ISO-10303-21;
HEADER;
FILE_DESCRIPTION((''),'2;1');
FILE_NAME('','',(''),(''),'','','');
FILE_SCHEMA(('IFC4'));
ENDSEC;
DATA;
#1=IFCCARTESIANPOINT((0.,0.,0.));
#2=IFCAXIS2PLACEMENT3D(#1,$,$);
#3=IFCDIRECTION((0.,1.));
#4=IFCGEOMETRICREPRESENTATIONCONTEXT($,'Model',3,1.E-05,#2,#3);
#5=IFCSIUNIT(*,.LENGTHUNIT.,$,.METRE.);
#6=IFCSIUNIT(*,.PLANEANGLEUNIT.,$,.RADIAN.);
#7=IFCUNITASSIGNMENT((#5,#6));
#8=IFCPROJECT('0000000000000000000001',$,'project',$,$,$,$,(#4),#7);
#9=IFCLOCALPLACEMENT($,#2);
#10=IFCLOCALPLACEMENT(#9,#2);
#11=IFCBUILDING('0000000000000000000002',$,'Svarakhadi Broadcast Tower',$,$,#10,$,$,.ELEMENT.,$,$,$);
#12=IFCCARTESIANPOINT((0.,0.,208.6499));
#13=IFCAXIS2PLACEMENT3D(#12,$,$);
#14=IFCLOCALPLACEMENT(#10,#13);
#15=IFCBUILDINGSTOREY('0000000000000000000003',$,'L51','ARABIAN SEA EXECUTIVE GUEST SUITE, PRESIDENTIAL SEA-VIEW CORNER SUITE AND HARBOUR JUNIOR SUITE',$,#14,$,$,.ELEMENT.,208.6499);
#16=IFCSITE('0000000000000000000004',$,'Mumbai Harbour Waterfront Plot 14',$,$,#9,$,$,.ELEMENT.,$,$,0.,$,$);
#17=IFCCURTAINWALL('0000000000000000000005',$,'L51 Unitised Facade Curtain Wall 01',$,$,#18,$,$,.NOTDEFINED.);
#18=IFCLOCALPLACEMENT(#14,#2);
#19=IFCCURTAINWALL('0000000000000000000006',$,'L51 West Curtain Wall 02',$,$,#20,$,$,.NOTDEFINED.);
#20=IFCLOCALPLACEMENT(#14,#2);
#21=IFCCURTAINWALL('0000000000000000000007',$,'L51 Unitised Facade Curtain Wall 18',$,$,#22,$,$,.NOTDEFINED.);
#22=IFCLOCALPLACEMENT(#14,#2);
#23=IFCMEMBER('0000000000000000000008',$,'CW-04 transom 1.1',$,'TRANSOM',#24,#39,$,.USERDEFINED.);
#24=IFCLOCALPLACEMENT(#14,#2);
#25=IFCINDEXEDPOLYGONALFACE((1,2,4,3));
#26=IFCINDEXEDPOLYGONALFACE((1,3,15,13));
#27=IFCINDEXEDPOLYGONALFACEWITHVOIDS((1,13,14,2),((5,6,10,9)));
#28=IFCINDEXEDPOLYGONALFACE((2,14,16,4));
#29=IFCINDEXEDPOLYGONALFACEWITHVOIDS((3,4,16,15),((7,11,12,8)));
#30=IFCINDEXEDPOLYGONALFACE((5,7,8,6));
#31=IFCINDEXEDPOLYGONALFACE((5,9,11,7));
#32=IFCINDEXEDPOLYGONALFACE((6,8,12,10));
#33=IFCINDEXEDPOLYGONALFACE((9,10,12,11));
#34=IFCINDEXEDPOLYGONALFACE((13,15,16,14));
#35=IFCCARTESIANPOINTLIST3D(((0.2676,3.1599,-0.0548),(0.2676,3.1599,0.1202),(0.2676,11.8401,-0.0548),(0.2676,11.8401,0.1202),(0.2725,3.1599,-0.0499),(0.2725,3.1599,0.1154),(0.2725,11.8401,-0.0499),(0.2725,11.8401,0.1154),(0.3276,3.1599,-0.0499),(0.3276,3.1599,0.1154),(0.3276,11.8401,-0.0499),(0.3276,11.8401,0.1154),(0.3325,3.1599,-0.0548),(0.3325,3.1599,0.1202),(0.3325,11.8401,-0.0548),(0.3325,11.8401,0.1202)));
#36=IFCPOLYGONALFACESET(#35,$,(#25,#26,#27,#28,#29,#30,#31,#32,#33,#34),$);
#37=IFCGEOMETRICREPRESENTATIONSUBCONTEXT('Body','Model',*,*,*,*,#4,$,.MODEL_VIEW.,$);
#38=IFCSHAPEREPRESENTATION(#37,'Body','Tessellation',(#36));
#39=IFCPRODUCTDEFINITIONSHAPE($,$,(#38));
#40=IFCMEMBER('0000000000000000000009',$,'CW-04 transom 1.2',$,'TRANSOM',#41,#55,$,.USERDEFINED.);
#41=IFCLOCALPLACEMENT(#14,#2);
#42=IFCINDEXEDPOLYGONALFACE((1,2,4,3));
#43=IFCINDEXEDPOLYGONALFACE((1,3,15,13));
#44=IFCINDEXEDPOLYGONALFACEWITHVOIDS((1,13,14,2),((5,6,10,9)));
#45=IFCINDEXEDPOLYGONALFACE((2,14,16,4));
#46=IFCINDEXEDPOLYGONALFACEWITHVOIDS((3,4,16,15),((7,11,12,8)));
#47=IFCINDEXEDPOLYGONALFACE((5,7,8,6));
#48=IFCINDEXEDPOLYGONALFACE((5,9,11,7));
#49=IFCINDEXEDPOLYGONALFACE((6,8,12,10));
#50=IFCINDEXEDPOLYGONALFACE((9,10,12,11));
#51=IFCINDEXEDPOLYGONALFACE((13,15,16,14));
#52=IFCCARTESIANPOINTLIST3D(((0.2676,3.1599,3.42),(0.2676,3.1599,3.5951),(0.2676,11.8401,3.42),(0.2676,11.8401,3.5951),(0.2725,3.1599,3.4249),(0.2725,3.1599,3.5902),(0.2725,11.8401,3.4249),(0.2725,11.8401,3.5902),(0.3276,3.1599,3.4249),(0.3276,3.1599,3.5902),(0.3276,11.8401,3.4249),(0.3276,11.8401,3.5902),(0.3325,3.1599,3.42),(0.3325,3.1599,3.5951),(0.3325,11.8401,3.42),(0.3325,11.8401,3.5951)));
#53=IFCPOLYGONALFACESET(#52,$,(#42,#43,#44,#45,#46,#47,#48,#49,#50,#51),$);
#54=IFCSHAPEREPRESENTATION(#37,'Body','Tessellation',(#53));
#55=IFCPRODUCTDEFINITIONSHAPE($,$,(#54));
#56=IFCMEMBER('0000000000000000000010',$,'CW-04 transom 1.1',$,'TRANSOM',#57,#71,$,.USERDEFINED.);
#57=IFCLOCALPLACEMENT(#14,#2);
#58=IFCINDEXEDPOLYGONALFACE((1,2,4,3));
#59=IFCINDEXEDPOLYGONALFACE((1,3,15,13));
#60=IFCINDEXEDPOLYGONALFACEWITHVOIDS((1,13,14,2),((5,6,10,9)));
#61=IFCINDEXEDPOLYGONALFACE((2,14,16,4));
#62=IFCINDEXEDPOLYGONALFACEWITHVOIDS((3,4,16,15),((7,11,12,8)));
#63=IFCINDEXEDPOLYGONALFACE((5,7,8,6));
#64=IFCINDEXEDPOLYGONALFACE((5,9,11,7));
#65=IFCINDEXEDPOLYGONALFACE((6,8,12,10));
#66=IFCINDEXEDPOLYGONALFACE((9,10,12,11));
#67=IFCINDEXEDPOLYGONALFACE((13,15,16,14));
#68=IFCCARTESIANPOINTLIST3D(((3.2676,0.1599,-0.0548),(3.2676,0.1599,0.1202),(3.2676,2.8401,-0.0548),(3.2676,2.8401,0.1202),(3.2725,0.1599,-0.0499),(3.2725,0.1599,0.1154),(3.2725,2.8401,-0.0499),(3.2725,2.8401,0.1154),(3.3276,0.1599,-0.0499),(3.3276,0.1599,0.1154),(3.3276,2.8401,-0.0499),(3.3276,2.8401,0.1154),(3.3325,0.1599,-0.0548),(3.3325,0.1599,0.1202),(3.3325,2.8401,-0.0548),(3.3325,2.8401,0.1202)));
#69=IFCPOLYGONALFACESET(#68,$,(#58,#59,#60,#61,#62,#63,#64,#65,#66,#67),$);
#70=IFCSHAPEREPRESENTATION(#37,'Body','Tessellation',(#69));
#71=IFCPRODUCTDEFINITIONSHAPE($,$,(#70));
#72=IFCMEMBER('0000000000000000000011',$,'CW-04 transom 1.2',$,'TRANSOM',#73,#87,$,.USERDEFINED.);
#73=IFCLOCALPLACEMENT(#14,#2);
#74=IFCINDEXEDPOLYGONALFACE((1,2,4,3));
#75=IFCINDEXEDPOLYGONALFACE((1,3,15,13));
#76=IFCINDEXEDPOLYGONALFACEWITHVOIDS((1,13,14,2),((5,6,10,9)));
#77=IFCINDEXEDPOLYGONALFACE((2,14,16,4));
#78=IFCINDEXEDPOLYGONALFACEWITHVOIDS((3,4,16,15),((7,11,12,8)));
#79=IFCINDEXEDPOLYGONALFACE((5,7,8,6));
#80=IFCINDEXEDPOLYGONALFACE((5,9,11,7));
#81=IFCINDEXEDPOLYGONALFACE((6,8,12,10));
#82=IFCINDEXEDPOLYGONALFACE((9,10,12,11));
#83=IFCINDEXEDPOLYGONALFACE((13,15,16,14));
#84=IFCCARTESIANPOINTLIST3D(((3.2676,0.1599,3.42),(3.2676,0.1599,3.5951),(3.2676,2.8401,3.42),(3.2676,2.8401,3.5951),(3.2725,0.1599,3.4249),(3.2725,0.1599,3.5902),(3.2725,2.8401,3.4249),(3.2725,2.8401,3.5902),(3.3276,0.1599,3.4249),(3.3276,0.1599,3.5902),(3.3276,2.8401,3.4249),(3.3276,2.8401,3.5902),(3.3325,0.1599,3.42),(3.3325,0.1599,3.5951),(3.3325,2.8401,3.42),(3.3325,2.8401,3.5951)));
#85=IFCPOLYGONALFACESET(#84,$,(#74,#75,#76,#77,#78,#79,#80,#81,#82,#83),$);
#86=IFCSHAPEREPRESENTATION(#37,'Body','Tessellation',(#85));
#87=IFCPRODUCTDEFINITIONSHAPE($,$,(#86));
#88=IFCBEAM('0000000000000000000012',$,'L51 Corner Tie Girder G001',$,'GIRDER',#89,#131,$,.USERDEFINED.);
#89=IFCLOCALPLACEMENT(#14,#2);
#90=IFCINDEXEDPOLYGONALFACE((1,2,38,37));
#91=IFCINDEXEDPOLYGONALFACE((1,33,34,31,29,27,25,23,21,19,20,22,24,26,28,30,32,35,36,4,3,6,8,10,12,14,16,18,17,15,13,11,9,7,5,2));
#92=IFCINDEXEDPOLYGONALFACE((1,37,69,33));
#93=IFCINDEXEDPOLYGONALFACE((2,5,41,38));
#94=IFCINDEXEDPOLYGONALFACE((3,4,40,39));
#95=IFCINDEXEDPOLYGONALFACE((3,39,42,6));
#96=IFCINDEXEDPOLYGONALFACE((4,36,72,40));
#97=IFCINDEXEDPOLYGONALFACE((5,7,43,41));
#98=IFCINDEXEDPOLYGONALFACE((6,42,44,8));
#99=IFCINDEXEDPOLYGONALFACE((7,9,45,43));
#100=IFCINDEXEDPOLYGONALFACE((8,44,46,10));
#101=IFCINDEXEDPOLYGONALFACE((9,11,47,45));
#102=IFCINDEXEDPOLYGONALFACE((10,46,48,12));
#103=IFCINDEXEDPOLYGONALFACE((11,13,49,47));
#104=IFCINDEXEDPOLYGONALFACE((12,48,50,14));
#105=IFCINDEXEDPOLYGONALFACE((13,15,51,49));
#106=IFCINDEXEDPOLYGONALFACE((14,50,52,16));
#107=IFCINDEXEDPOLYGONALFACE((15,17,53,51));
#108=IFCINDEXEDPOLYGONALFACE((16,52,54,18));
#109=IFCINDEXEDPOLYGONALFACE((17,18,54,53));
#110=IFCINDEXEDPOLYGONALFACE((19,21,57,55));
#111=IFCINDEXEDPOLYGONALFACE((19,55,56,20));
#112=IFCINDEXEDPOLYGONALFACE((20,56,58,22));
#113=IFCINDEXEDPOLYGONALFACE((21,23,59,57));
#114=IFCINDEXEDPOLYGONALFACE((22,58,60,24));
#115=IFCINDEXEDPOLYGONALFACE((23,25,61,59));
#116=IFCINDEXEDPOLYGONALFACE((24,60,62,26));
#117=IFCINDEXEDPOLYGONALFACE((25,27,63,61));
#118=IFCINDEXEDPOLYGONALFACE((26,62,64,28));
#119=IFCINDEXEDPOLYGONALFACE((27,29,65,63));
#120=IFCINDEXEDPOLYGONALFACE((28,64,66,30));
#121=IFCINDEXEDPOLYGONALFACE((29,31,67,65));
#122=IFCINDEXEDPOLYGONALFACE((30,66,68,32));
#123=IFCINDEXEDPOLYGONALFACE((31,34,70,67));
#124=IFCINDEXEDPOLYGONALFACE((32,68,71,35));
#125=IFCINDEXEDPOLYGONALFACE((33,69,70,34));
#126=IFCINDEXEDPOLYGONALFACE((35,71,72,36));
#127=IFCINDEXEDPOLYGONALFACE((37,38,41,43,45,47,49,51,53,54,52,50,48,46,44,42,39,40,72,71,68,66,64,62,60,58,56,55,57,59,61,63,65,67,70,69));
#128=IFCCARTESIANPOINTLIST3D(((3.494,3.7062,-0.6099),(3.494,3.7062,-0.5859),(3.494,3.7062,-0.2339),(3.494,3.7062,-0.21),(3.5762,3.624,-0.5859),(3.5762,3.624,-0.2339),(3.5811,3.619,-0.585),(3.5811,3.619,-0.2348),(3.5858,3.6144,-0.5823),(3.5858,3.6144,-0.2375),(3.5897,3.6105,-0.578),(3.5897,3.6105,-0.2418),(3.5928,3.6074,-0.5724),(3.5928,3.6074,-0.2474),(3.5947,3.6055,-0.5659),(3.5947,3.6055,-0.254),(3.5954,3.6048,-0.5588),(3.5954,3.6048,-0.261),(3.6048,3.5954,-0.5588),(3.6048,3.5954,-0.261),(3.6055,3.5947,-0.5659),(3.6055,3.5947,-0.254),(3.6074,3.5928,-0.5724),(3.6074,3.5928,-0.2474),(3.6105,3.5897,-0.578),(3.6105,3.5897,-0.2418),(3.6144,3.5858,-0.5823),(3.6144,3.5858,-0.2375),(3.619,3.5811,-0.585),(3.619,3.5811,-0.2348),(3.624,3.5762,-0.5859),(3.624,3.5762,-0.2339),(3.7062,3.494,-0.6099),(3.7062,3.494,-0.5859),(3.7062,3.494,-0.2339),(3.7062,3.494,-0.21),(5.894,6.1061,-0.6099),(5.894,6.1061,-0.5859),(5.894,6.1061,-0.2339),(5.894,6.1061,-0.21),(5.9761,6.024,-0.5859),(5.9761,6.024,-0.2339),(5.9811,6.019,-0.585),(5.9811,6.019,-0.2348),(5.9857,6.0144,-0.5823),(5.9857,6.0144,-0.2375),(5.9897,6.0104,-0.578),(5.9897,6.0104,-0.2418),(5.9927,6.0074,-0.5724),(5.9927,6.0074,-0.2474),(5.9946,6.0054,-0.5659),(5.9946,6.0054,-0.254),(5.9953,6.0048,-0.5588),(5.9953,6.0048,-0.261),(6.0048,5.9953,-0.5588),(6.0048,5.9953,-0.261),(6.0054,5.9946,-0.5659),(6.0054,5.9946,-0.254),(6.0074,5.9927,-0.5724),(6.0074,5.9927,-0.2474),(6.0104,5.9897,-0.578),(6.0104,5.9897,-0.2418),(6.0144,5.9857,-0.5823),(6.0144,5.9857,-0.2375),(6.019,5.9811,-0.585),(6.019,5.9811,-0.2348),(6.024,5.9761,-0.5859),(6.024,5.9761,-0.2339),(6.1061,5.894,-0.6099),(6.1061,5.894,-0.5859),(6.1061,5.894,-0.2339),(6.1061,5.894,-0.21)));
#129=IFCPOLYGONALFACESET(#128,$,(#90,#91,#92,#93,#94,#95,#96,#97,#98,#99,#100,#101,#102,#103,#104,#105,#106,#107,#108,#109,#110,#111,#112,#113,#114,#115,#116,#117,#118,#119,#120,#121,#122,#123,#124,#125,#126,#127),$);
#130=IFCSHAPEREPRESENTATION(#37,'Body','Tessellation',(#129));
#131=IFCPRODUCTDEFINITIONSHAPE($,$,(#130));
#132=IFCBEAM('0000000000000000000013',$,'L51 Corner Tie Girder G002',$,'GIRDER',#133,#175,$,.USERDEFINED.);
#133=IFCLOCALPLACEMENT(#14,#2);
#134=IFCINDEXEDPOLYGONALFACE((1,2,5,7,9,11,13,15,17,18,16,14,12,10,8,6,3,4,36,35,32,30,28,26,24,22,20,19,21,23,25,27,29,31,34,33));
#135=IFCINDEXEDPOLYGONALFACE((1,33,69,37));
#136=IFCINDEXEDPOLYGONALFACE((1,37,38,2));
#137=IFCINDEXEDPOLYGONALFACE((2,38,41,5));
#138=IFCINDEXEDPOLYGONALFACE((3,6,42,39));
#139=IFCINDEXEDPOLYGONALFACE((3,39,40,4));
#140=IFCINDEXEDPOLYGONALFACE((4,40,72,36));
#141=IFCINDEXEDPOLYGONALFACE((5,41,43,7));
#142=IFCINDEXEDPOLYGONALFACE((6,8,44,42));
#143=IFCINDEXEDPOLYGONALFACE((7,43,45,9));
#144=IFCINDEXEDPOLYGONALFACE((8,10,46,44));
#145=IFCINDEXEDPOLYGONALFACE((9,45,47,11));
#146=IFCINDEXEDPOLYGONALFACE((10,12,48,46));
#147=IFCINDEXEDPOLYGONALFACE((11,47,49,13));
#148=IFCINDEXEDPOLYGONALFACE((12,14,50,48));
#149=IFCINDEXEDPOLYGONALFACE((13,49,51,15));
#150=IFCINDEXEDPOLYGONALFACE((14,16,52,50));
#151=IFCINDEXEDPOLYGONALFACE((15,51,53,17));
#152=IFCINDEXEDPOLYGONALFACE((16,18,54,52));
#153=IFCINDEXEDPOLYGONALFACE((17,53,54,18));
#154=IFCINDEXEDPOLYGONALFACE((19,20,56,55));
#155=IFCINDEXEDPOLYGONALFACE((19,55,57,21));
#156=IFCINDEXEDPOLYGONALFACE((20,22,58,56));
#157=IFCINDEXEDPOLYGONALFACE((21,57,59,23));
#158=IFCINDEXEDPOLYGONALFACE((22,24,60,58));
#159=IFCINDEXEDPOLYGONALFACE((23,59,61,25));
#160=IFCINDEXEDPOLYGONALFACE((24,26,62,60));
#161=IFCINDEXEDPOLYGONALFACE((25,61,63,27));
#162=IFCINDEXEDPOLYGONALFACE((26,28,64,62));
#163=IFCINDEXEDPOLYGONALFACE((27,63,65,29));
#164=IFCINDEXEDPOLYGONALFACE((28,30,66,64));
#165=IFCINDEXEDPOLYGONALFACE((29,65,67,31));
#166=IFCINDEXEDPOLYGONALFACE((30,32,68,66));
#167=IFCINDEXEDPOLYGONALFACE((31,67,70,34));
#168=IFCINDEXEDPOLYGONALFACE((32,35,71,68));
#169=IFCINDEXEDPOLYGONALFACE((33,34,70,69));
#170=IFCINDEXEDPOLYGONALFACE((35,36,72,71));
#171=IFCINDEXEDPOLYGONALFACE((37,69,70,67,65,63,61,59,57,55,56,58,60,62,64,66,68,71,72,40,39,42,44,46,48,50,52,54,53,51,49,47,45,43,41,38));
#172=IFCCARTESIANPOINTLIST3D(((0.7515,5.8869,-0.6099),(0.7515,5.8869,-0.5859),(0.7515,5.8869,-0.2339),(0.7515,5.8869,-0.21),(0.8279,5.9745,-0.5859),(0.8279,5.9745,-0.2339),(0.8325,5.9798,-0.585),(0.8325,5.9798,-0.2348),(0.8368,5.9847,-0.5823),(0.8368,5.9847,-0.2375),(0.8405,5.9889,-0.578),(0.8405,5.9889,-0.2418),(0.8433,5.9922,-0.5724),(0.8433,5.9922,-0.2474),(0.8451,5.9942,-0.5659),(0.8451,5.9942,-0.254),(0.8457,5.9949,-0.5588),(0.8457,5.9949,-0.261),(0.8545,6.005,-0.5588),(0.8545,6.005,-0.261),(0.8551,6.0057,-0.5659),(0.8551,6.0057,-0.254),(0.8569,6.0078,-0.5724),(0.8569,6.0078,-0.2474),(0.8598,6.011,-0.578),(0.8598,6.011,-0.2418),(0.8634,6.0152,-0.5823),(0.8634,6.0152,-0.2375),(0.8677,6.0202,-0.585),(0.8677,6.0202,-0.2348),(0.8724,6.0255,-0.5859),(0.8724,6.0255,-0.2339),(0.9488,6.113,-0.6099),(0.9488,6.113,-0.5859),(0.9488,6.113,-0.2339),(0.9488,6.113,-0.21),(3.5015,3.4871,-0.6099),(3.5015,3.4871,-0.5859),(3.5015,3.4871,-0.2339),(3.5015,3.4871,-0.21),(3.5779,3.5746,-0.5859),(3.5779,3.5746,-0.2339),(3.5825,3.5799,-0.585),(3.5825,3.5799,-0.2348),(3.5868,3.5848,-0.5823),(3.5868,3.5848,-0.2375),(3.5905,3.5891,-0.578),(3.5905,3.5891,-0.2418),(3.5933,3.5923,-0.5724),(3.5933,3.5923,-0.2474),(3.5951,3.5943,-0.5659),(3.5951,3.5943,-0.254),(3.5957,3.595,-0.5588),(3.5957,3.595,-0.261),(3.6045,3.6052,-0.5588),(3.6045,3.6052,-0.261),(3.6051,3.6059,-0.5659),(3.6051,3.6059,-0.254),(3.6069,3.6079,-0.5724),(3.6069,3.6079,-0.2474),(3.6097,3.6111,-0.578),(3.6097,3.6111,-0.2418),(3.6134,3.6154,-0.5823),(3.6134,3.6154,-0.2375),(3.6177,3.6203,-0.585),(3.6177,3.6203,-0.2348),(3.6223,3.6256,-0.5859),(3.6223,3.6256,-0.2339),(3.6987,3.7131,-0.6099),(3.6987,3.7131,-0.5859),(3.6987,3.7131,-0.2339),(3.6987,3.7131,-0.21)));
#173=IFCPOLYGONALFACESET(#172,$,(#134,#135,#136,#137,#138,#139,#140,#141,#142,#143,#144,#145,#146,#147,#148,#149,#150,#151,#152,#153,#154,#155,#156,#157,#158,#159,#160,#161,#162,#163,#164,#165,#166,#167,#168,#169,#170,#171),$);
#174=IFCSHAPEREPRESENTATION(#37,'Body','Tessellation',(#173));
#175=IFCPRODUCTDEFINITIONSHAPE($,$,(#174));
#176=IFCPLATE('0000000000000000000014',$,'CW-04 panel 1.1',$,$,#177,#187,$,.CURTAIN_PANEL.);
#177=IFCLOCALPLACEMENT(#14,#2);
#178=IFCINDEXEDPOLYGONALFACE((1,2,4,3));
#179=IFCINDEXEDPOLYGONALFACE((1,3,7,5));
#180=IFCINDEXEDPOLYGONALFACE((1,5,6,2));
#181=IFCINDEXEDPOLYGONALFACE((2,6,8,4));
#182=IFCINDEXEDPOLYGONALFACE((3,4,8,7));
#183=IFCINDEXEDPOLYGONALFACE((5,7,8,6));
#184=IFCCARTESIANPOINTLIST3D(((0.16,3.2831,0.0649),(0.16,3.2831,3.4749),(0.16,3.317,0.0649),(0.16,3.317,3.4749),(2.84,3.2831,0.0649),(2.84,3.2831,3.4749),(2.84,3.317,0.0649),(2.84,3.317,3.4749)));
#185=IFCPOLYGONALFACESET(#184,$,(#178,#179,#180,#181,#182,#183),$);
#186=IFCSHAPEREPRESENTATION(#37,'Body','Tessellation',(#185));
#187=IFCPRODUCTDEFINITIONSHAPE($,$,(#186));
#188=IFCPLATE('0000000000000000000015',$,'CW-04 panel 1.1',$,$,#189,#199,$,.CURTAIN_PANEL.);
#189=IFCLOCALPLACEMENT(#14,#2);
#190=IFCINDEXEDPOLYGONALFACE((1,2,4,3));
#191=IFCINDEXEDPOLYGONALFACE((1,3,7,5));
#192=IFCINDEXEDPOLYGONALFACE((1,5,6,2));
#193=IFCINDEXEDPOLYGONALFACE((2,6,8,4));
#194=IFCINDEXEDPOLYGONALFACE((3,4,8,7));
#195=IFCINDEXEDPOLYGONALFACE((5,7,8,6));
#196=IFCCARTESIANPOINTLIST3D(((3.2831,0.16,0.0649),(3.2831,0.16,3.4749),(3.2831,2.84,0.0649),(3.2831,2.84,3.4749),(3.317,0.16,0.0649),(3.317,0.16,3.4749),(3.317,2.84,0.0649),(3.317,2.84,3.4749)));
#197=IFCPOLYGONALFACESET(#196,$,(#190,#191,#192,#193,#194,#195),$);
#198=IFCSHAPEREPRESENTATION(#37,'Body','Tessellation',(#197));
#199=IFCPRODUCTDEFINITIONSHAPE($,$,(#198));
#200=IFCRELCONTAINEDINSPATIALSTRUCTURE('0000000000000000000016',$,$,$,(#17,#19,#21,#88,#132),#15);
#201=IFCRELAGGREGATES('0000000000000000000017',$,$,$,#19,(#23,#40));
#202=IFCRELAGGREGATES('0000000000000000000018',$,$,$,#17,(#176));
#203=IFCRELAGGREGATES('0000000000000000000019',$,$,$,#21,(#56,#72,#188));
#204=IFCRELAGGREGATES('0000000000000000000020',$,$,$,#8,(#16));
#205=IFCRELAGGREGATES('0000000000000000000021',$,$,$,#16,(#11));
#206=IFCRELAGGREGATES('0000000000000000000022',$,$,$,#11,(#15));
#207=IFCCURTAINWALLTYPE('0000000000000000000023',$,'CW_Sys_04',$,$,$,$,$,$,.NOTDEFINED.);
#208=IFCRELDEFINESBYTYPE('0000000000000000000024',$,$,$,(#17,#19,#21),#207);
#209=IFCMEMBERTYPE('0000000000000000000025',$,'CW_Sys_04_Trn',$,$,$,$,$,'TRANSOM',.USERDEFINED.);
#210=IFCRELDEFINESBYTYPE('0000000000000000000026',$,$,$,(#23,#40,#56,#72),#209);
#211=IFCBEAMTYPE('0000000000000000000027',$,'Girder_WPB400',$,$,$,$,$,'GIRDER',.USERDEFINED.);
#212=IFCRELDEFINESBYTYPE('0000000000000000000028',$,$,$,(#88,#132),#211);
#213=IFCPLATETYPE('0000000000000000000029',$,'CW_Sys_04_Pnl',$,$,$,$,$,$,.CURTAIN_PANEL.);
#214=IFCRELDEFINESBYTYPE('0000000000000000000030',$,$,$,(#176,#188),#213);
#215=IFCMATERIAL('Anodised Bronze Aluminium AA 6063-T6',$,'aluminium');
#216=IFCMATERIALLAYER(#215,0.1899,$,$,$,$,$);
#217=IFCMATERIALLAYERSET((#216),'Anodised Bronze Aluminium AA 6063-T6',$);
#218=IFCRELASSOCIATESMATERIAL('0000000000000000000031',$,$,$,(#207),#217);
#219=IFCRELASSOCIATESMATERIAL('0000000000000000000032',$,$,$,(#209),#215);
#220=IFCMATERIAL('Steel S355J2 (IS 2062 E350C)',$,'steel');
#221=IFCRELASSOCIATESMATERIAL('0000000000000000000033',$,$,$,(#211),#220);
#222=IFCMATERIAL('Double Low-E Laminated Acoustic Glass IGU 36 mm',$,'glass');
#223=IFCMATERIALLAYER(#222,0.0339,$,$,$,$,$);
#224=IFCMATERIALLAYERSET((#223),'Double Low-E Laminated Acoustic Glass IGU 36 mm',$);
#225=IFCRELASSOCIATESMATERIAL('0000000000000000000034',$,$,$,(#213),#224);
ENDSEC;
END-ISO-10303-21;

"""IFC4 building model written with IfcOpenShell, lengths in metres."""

from ifc_helpers import new_model, si_unit, direction, frame, origin, origin_2d, place, context, subcontext, project, spatial, rectangle, hollow_rectangle, i_section, extrude, material, layer, layer_set, material_profile, profile_set, type_object, element, aggregate, save


model = new_model("IFC4")

# Units and contexts
model_context = context("Model", 3, precision=1e-05, world=origin(), true_north=direction((0.0, 1.0)))
body_context = subcontext(model_context, "Body", "Model", "MODEL_VIEW")
ifc_project = project(units=[si_unit("LENGTHUNIT", "METRE"), si_unit("PLANEANGLEUNIT", "RADIAN")], contexts=[model_context])

# Site, building, storey
site_placement = place(None, origin())
site = spatial("IfcSite", under=ifc_project, at=site_placement, Name="Mumbai Harbour Waterfront Plot 14", CompositionType="ELEMENT", RefElevation=0.0)
building_placement = place(site_placement, origin())
building = spatial("IfcBuilding", under=site, at=building_placement, Name="Svarakhadi Broadcast Tower", CompositionType="ELEMENT")
storey_placement = place(building_placement, frame((0.0, 0.0, 208.6499)))
storey = spatial("IfcBuildingStorey", under=building, at=storey_placement, Name="L51", Description="ARABIAN SEA EXECUTIVE GUEST SUITE, PRESIDENTIAL SEA-VIEW CORNER SUITE AND HARBOUR JUNIOR SUITE", CompositionType="ELEMENT", Elevation=208.6499)

# Curtain wall
ifc_material_1 = material(Name="Anodised Bronze Aluminium AA 6063-T6", Category="aluminium")
ifc_layer_1 = layer(ifc_material_1, 0.1899)
ifc_layer_set_1 = layer_set([ifc_layer_1], Name="Anodised Bronze Aluminium AA 6063-T6")
curtain_wall_type = type_object("IfcCurtainWallType", Name="CW_Sys_04", PredefinedType="NOTDEFINED", material=ifc_layer_set_1)
curtain_wall_1_placement = place(storey_placement, origin())
curtain_wall_1 = element("IfcCurtainWall", 1, at=curtain_wall_1_placement, inside=storey, type_object=curtain_wall_type, Name="L51 Unitised Facade Curtain Wall 01", PredefinedType="NOTDEFINED")

# Curtain wall
curtain_wall_2_placement = place(storey_placement, origin())
curtain_wall_2 = element("IfcCurtainWall", 2, at=curtain_wall_2_placement, inside=storey, type_object=curtain_wall_type, Name="L51 West Curtain Wall 02", PredefinedType="NOTDEFINED")

# Curtain wall
curtain_wall_3_placement = place(storey_placement, origin())
curtain_wall_3 = element("IfcCurtainWall", 3, at=curtain_wall_3_placement, inside=storey, type_object=curtain_wall_type, Name="L51 Unitised Facade Curtain Wall 18", PredefinedType="NOTDEFINED")

# Members
ifc_material_profile_1 = material_profile(ifc_material_1, hollow_rectangle(XDim=0.0649, YDim=0.175, WallThickness=0.0049, at=origin_2d()), Name="ALU TRANSOM 175x65x5")
ifc_profile_set_1 = profile_set([ifc_material_profile_1], Name="Anodised Bronze Aluminium AA 6063-T6")
member_type_1 = type_object("IfcMemberType", Name="CW_Sys_04_Trn", ElementType="TRANSOM", PredefinedType="USERDEFINED", material=ifc_profile_set_1)
member_1_placement = place(storey_placement, frame((0.3, 3.1599, 0.0327), z_axis=(0.0, 1.0, 0.0), x_axis=(-1.0, 0.0, 0.0)))
member_1 = element("IfcMember", 4, at=member_1_placement, type_object=member_type_1, Name="CW-04 transom 1.1", ObjectType="TRANSOM", PredefinedType="USERDEFINED", context=body_context, shape_type="SweptSolid", body=[
    extrude(hollow_rectangle(XDim=0.0649, YDim=0.175, WallThickness=0.0049, at=origin_2d()), origin(), (0.0, 0.0, 1.0), 8.6802),
])
member_2_placement = place(storey_placement, frame((0.3, 3.1599, 3.5076), z_axis=(0.0, 1.0, 0.0), x_axis=(-1.0, 0.0, 0.0)))
member_2 = element("IfcMember", 5, at=member_2_placement, type_object=member_type_1, Name="CW-04 transom 1.2", ObjectType="TRANSOM", PredefinedType="USERDEFINED", context=body_context, shape_type="SweptSolid", body=[
    extrude(hollow_rectangle(XDim=0.0649, YDim=0.175, WallThickness=0.0049, at=origin_2d()), origin(), (0.0, 0.0, 1.0), 8.6802),
])
aggregate(curtain_wall_2, [member_1, member_2])
member_3_placement = place(storey_placement, frame((3.3, 0.1599, 0.0327), z_axis=(0.0, 1.0, 0.0), x_axis=(-1.0, 0.0, 0.0)))
member_3 = element("IfcMember", 6, at=member_3_placement, type_object=member_type_1, Name="CW-04 transom 1.1", ObjectType="TRANSOM", PredefinedType="USERDEFINED", context=body_context, shape_type="SweptSolid", body=[
    extrude(hollow_rectangle(XDim=0.0649, YDim=0.175, WallThickness=0.0049, at=origin_2d()), origin(), (0.0, 0.0, 1.0), 2.6802),
])
member_4_placement = place(storey_placement, frame((3.3, 0.1599, 3.5076), z_axis=(0.0, 1.0, 0.0), x_axis=(-1.0, 0.0, 0.0)))
member_4 = element("IfcMember", 7, at=member_4_placement, type_object=member_type_1, Name="CW-04 transom 1.2", ObjectType="TRANSOM", PredefinedType="USERDEFINED", context=body_context, shape_type="SweptSolid", body=[
    extrude(hollow_rectangle(XDim=0.0649, YDim=0.175, WallThickness=0.0049, at=origin_2d()), origin(), (0.0, 0.0, 1.0), 2.6802),
])

# Beams
ifc_material_2 = material(Name="Steel S355J2 (IS 2062 E350C)", Category="steel")
ifc_material_profile_2 = material_profile(ifc_material_2, i_section(OverallWidth=0.3, OverallDepth=0.3999, WebThickness=0.0134, FlangeThickness=0.0239, FilletRadius=0.0271, at=origin_2d()), Name="WPB 400x300x155")
ifc_profile_set_2 = profile_set([ifc_material_profile_2], Name="Steel S355J2 (IS 2062 E350C)")
beam_type = type_object("IfcBeamType", Name="Girder_WPB400", ElementType="GIRDER", PredefinedType="USERDEFINED", material=ifc_profile_set_2)
beam_1_placement = place(storey_placement, frame((3.6001, 3.6001, -0.4099), z_axis=(0.707107, 0.707107, 0.0), x_axis=(-0.707107, 0.707107, 0.0)))
element("IfcBeam", 8, at=beam_1_placement, inside=storey, type_object=beam_type, Name="L51 Corner Tie Girder G001", ObjectType="GIRDER", PredefinedType="USERDEFINED", context=body_context, shape_type="SweptSolid", body=[
    extrude(i_section(OverallWidth=0.3, OverallDepth=0.3999, WebThickness=0.0134, FlangeThickness=0.0239, FilletRadius=0.0271, at=origin_2d()), origin(), (0.0, 0.0, 1.0), 3.394),
])
beam_2_placement = place(storey_placement, frame((3.6001, 3.6001, -0.4099), z_axis=(-0.753438, 0.657519, 0.0), x_axis=(-0.657519, -0.753438, 0.0)))
element("IfcBeam", 9, at=beam_2_placement, inside=storey, type_object=beam_type, Name="L51 Corner Tie Girder G002", ObjectType="GIRDER", PredefinedType="USERDEFINED", context=body_context, shape_type="SweptSolid", body=[
    extrude(i_section(OverallWidth=0.3, OverallDepth=0.3999, WebThickness=0.0134, FlangeThickness=0.0239, FilletRadius=0.0271, at=origin_2d()), origin(), (0.0, 0.0, 1.0), 3.6499),
])

# Plates
ifc_material_3 = material(Name="Double Low-E Laminated Acoustic Glass IGU 36 mm", Category="glass")
ifc_layer_2 = layer(ifc_material_3, 0.0339)
ifc_layer_set_2 = layer_set([ifc_layer_2], Name="Double Low-E Laminated Acoustic Glass IGU 36 mm")
plate_type = type_object("IfcPlateType", Name="CW_Sys_04_Pnl", PredefinedType="CURTAIN_PANEL", material=ifc_layer_set_2)
plate_1_placement = place(storey_placement, frame((1.5, 3.3, 0.0649), z_axis=(0.0, 0.0, 1.0), x_axis=(-1.0, 0.0, 0.0)))
plate_1 = element("IfcPlate", 10, at=plate_1_placement, type_object=plate_type, Name="CW-04 panel 1.1", PredefinedType="CURTAIN_PANEL", context=body_context, shape_type="SweptSolid", body=[
    extrude(rectangle(XDim=2.6799, YDim=0.0339, at=origin_2d()), origin(), (0.0, 0.0, 1.0), 3.4099),
])
aggregate(curtain_wall_1, [plate_1])
plate_2_placement = place(storey_placement, frame((3.3, 1.5, 0.0649), z_axis=(0.0, 0.0, 1.0), x_axis=(0.0, 1.0, 0.0)))
plate_2 = element("IfcPlate", 11, at=plate_2_placement, type_object=plate_type, Name="CW-04 panel 1.1", PredefinedType="CURTAIN_PANEL", context=body_context, shape_type="SweptSolid", body=[
    extrude(rectangle(XDim=2.6799, YDim=0.0339, at=origin_2d()), origin(), (0.0, 0.0, 1.0), 3.4099),
])
aggregate(curtain_wall_3, [member_3, member_4, plate_2])

save(model, "model.ifc")
